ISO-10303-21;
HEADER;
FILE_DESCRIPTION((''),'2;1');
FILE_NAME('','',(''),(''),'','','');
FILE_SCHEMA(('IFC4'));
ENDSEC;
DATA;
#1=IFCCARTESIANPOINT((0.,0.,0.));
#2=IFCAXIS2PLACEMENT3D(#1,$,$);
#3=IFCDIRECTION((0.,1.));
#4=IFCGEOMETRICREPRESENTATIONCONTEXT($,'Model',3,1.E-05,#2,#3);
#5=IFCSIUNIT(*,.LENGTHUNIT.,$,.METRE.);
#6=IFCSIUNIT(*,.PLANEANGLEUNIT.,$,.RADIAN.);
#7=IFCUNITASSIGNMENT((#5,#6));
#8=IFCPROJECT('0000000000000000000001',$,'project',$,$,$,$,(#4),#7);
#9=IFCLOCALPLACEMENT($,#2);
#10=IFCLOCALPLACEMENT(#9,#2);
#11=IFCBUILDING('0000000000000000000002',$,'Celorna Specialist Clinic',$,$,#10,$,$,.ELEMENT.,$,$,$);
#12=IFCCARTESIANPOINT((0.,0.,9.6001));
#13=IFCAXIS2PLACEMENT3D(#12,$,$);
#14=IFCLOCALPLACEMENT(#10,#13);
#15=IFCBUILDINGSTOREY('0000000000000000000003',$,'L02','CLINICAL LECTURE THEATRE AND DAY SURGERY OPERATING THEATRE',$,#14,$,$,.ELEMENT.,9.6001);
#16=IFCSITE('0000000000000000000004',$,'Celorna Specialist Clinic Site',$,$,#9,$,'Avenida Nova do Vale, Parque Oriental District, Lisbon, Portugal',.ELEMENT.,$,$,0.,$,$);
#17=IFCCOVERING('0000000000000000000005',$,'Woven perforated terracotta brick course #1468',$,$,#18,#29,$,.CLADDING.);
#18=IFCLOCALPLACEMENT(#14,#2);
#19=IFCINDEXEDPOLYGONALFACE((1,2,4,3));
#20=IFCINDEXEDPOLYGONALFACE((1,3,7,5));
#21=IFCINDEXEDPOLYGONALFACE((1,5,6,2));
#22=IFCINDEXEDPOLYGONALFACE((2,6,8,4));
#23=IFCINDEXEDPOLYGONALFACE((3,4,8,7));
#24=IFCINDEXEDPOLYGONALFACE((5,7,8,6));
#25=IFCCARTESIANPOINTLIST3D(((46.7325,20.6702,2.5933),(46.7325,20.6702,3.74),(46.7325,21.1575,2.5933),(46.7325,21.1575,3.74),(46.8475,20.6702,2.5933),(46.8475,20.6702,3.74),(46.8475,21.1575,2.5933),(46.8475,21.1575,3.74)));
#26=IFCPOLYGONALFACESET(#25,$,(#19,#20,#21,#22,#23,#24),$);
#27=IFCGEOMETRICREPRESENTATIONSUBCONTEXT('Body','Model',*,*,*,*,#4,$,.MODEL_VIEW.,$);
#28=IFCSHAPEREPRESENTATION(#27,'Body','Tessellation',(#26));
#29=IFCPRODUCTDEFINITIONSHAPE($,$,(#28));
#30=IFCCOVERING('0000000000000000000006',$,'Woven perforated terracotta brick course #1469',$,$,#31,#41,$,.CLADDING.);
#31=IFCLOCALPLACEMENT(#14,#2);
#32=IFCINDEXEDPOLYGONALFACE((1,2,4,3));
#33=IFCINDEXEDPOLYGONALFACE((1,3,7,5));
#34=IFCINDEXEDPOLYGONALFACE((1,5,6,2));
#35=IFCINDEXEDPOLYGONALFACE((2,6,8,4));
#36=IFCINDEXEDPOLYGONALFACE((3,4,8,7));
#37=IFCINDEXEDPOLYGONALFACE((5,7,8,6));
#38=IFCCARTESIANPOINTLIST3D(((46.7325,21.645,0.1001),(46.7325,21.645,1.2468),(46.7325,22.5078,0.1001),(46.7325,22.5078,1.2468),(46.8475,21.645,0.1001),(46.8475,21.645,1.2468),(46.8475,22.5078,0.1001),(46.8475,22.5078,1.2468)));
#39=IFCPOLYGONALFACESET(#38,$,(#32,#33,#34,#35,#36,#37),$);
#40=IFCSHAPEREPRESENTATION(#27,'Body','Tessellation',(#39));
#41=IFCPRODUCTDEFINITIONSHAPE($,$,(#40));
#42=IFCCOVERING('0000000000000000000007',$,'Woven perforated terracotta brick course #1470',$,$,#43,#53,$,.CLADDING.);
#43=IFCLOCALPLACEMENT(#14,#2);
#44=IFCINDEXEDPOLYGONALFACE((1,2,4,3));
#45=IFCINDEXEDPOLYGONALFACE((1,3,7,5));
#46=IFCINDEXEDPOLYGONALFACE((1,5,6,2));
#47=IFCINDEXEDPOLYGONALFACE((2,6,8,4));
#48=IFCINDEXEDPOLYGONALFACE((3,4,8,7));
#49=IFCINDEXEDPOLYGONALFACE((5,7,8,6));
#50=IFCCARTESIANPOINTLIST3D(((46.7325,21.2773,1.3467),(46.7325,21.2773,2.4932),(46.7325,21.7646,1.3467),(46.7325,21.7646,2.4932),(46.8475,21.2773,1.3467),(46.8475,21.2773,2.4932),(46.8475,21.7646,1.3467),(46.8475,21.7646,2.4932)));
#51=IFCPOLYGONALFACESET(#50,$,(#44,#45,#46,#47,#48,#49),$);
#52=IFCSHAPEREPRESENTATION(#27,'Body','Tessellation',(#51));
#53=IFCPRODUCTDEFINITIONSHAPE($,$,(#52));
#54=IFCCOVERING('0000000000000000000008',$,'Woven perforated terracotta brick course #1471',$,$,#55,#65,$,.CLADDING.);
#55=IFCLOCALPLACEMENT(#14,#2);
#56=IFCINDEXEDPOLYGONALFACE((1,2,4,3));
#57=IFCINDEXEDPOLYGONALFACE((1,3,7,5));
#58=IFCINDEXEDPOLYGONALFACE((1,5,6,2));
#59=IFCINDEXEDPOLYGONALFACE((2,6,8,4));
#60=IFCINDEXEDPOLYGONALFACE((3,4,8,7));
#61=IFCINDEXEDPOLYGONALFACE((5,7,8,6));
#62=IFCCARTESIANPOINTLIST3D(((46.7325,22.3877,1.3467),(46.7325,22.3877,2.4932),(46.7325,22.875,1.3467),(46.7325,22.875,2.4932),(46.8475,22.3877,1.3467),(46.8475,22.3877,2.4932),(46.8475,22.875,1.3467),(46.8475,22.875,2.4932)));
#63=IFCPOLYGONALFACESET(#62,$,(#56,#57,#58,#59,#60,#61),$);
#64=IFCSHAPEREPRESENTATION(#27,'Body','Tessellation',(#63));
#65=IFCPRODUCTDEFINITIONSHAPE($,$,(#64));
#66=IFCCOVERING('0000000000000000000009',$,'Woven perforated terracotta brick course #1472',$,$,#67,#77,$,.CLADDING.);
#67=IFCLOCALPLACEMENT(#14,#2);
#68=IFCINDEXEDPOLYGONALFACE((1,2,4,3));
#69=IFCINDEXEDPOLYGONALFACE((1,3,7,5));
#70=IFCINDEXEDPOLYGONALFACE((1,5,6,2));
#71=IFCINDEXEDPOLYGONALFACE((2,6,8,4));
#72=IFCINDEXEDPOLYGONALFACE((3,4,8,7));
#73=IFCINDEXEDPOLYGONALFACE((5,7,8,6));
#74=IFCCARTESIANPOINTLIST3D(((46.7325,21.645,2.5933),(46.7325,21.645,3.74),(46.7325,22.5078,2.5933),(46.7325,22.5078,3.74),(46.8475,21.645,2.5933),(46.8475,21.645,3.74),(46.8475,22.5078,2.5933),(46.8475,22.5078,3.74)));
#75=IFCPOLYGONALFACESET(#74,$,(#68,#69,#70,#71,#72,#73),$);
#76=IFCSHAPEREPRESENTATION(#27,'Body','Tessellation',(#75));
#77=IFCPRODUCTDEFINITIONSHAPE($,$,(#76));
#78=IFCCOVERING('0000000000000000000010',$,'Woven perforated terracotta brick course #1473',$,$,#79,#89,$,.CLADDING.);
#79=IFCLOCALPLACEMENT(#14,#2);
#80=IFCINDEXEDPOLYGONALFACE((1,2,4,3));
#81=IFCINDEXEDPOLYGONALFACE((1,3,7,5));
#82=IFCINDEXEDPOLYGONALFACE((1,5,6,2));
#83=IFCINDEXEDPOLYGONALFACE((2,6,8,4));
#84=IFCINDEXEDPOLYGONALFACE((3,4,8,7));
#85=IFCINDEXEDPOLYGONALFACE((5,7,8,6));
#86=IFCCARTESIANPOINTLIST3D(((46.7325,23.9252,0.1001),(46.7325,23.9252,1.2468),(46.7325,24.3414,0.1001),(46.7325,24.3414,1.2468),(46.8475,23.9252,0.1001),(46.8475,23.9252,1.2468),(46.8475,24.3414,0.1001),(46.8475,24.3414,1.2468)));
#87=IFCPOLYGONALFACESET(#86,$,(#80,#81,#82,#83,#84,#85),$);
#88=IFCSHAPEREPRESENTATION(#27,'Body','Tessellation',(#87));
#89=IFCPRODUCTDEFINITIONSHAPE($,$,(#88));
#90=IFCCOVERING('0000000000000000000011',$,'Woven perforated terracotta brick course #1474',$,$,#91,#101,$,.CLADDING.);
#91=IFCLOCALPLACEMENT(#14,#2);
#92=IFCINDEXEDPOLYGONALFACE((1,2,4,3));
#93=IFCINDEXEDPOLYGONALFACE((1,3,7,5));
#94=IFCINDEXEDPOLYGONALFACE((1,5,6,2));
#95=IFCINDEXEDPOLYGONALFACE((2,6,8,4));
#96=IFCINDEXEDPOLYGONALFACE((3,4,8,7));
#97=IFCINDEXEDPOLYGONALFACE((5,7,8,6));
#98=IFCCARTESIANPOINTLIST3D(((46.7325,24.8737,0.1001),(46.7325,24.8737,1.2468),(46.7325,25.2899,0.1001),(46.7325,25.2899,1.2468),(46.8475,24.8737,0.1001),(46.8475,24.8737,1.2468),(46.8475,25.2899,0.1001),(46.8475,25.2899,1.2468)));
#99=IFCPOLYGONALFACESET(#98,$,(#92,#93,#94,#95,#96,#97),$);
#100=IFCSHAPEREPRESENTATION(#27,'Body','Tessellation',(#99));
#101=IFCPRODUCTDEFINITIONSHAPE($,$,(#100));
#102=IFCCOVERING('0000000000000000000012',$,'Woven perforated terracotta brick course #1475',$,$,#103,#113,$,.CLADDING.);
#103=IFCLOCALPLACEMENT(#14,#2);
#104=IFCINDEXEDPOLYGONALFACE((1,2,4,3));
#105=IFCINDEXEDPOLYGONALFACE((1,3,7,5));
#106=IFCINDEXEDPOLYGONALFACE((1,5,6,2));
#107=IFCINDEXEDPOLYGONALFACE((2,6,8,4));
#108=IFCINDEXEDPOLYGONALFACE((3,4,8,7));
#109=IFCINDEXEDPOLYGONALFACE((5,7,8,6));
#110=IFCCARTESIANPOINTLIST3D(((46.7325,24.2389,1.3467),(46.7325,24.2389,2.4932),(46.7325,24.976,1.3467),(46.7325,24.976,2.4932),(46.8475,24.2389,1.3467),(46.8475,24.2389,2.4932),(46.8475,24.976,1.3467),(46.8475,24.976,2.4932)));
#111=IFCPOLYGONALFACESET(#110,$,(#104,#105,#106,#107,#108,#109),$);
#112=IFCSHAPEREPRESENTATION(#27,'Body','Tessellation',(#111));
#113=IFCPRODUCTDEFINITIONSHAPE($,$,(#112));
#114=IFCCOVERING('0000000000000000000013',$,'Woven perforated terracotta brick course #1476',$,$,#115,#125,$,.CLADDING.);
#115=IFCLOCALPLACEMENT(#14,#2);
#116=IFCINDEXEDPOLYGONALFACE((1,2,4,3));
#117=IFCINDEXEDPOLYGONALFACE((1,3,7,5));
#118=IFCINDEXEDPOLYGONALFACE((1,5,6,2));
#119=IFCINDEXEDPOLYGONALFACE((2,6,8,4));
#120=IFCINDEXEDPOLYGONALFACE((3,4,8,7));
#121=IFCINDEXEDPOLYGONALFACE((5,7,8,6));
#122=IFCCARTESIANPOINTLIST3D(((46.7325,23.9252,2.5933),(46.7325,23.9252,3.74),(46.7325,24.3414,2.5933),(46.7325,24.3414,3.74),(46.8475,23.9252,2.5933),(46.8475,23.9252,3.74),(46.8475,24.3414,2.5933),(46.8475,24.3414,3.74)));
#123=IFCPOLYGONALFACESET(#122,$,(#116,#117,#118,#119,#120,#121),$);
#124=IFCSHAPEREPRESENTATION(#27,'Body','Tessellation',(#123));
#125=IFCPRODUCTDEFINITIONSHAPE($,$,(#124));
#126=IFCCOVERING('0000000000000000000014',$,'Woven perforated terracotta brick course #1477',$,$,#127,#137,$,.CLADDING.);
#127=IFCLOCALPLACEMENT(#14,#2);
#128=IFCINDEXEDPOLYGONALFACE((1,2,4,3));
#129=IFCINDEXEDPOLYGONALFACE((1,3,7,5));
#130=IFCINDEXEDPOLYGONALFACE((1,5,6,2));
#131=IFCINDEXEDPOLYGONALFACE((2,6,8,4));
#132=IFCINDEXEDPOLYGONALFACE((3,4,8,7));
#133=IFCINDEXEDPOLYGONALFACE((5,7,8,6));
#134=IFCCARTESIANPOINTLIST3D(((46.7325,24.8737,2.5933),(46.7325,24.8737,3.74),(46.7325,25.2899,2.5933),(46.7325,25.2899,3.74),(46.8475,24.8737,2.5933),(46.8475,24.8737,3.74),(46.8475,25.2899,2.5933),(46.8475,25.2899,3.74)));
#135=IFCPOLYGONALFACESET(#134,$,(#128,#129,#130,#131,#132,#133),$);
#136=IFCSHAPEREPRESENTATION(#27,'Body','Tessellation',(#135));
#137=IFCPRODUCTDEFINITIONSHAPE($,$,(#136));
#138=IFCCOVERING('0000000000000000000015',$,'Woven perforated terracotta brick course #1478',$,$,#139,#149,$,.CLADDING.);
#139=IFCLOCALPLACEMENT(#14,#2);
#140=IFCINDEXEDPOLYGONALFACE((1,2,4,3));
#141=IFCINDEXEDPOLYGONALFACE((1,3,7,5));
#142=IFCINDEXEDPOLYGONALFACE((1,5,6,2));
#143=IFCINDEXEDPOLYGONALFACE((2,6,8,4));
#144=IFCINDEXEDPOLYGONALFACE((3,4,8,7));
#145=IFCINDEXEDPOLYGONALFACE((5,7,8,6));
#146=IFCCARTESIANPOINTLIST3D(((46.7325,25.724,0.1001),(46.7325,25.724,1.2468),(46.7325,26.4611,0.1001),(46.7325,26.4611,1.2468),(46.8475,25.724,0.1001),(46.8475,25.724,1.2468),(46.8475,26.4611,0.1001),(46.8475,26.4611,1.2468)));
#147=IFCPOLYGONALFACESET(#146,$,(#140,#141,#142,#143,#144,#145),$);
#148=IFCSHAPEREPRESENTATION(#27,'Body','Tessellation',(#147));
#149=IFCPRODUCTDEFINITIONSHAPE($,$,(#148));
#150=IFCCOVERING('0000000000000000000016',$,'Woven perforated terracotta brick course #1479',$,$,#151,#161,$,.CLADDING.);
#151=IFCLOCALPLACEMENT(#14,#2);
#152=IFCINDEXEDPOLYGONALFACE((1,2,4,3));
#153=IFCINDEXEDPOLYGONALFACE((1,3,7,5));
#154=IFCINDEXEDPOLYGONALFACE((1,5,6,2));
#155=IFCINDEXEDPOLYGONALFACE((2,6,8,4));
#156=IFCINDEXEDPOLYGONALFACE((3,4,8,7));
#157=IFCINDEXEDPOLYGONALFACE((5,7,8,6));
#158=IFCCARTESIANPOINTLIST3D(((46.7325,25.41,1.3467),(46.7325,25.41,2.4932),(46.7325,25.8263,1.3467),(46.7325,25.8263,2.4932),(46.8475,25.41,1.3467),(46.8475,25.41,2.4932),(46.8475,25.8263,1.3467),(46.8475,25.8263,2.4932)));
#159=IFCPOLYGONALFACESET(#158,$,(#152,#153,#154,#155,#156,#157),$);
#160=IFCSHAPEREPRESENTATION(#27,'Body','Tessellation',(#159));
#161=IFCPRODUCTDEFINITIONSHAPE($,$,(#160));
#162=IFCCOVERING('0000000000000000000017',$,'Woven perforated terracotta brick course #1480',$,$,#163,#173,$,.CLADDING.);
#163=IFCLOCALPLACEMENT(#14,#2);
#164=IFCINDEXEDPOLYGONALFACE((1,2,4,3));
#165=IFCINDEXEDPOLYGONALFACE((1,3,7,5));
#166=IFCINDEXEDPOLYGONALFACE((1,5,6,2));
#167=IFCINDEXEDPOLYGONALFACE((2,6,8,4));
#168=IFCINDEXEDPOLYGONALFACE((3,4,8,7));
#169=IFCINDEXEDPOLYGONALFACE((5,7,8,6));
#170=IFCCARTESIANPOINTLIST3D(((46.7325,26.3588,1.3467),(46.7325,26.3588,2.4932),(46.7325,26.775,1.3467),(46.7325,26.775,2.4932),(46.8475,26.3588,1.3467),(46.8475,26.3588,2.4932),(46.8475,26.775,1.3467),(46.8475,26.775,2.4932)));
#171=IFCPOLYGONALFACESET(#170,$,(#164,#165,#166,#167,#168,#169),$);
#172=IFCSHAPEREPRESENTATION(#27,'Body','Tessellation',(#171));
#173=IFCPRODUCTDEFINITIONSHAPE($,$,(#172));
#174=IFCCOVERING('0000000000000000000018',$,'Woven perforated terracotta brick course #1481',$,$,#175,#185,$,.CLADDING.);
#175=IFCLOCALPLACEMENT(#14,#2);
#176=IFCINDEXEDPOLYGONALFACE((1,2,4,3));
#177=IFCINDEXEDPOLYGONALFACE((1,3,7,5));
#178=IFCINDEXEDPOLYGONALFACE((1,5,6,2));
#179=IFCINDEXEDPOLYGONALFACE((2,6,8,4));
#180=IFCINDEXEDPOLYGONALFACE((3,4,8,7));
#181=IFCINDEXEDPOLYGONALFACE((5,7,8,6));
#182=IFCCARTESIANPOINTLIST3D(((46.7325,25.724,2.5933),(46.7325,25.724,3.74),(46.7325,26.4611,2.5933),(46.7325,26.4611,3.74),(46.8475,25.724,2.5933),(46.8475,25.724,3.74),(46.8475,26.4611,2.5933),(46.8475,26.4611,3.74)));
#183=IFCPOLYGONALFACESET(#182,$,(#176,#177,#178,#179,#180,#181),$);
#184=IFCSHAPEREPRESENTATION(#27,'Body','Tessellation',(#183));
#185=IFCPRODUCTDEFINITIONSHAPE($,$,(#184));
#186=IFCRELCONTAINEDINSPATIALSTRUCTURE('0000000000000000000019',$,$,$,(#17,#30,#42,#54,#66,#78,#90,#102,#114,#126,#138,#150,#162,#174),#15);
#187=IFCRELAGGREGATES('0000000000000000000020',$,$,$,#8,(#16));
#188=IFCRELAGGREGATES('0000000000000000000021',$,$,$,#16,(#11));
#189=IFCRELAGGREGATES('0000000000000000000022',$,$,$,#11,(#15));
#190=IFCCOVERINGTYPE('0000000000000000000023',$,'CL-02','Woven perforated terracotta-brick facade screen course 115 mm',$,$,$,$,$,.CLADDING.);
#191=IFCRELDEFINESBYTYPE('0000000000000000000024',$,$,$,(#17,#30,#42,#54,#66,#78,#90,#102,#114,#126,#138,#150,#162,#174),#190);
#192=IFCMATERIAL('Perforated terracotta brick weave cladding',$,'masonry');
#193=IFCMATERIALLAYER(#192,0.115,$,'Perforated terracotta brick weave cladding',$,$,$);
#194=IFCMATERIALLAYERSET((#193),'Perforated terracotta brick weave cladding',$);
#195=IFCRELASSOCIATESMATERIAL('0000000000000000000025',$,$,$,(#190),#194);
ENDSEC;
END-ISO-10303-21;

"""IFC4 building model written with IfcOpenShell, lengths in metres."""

from ifc_helpers import new_model, si_unit, direction, frame, origin, origin_2d, place, context, subcontext, project, spatial, rectangle, extrude, material, layer, layer_set, type_object, element, save


model = new_model("IFC4")

# Units and contexts
model_context = context("Model", 3, precision=1e-05, world=origin(), true_north=direction((0.0, 1.0)))
body_context = subcontext(model_context, "Body", "Model", "MODEL_VIEW")
ifc_project = project(units=[si_unit("LENGTHUNIT", "METRE"), si_unit("PLANEANGLEUNIT", "RADIAN")], contexts=[model_context])

# Site, building, storey
site_placement = place(None, origin())
site = spatial("IfcSite", under=ifc_project, at=site_placement, Name="Celorna Specialist Clinic Site", LongName="Avenida Nova do Vale, Parque Oriental District, Lisbon, Portugal", CompositionType="ELEMENT", RefElevation=0.0)
building_placement = place(site_placement, origin())
building = spatial("IfcBuilding", under=site, at=building_placement, Name="Celorna Specialist Clinic", CompositionType="ELEMENT")
storey_placement = place(building_placement, frame((0.0, 0.0, 9.6001)))
storey = spatial("IfcBuildingStorey", under=building, at=storey_placement, Name="L02", Description="CLINICAL LECTURE THEATRE AND DAY SURGERY OPERATING THEATRE", CompositionType="ELEMENT", Elevation=9.6001)

# Coverings
ifc_material_1 = material(Name="Perforated terracotta brick weave cladding", Category="masonry")
ifc_layer_1 = layer(ifc_material_1, 0.115, Name="Perforated terracotta brick weave cladding")
ifc_layer_set_1 = layer_set([ifc_layer_1], Name="Perforated terracotta brick weave cladding")
covering_type = type_object("IfcCoveringType", Name="CL-02", Description="Woven perforated terracotta-brick facade screen course 115 mm", PredefinedType="CLADDING", material=ifc_layer_set_1)
for number, where, z_axis, x_axis, name in (
    (1, (46.79, 20.9138, 2.5933), (0.0, 0.0, 1.0), (0.0, 1.0, 0.0), "Woven perforated terracotta brick course #1468"),
):
    element("IfcCovering", number, at=place(storey_placement, frame(where, z_axis=z_axis, x_axis=x_axis)), inside=storey, type_object=covering_type, Name=name, PredefinedType="CLADDING", context=body_context, shape_type="SweptSolid", body=[
        extrude(rectangle(XDim=0.4873, YDim=0.115, at=origin_2d()), origin(), (0.0, 0.0, 1.0), 1.1467),
    ])
covering_1_placement = place(storey_placement, frame((46.79, 22.0764, 0.1001), z_axis=(0.0, 0.0, 1.0), x_axis=(0.0, 1.0, 0.0)))
element("IfcCovering", 2, at=covering_1_placement, inside=storey, type_object=covering_type, Name="Woven perforated terracotta brick course #1469", PredefinedType="CLADDING", context=body_context, shape_type="SweptSolid", body=[
    extrude(rectangle(XDim=0.8628, YDim=0.115, at=origin_2d()), origin(), (0.0, 0.0, 1.0), 1.1467),
])
for number, where, z_axis, x_axis, name in (
    (3, (46.79, 21.521, 1.3467), (0.0, 0.0, 1.0), (0.0, 1.0, 0.0), "Woven perforated terracotta brick course #1470"),
    (4, (46.79, 22.6313, 1.3467), (0.0, 0.0, 1.0), (0.0, 1.0, 0.0), "Woven perforated terracotta brick course #1471"),
):
    element("IfcCovering", number, at=place(storey_placement, frame(where, z_axis=z_axis, x_axis=x_axis)), inside=storey, type_object=covering_type, Name=name, PredefinedType="CLADDING", context=body_context, shape_type="SweptSolid", body=[
        extrude(rectangle(XDim=0.4873, YDim=0.115, at=origin_2d()), origin(), (0.0, 0.0, 1.0), 1.1465),
    ])
covering_2_placement = place(storey_placement, frame((46.79, 22.0764, 2.5933), z_axis=(0.0, 0.0, 1.0), x_axis=(0.0, 1.0, 0.0)))
element("IfcCovering", 5, at=covering_2_placement, inside=storey, type_object=covering_type, Name="Woven perforated terracotta brick course #1472", PredefinedType="CLADDING", context=body_context, shape_type="SweptSolid", body=[
    extrude(rectangle(XDim=0.8628, YDim=0.115, at=origin_2d()), origin(), (0.0, 0.0, 1.0), 1.1467),
])
for number, where, z_axis, x_axis, name in (
    (6, (46.79, 24.1333, 0.1001), (0.0, 0.0, 1.0), (0.0, 1.0, 0.0), "Woven perforated terracotta brick course #1473"),
    (7, (46.79, 25.0818, 0.1001), (0.0, 0.0, 1.0), (0.0, 1.0, 0.0), "Woven perforated terracotta brick course #1474"),
):
    element("IfcCovering", number, at=place(storey_placement, frame(where, z_axis=z_axis, x_axis=x_axis)), inside=storey, type_object=covering_type, Name=name, PredefinedType="CLADDING", context=body_context, shape_type="SweptSolid", body=[
        extrude(rectangle(XDim=0.4163, YDim=0.115, at=origin_2d()), origin(), (0.0, 0.0, 1.0), 1.1467),
    ])
covering_3_placement = place(storey_placement, frame((46.79, 24.6074, 1.3467), z_axis=(0.0, 0.0, 1.0), x_axis=(0.0, 1.0, 0.0)))
element("IfcCovering", 8, at=covering_3_placement, inside=storey, type_object=covering_type, Name="Woven perforated terracotta brick course #1475", PredefinedType="CLADDING", context=body_context, shape_type="SweptSolid", body=[
    extrude(rectangle(XDim=0.7371, YDim=0.115, at=origin_2d()), origin(), (0.0, 0.0, 1.0), 1.1465),
])
for number, where, z_axis, x_axis, name in (
    (9, (46.79, 24.1333, 2.5933), (0.0, 0.0, 1.0), (0.0, 1.0, 0.0), "Woven perforated terracotta brick course #1476"),
    (10, (46.79, 25.0818, 2.5933), (0.0, 0.0, 1.0), (0.0, 1.0, 0.0), "Woven perforated terracotta brick course #1477"),
):
    element("IfcCovering", number, at=place(storey_placement, frame(where, z_axis=z_axis, x_axis=x_axis)), inside=storey, type_object=covering_type, Name=name, PredefinedType="CLADDING", context=body_context, shape_type="SweptSolid", body=[
        extrude(rectangle(XDim=0.4163, YDim=0.115, at=origin_2d()), origin(), (0.0, 0.0, 1.0), 1.1467),
    ])
covering_4_placement = place(storey_placement, frame((46.79, 26.0925, 0.1001), z_axis=(0.0, 0.0, 1.0), x_axis=(0.0, 1.0, 0.0)))
element("IfcCovering", 11, at=covering_4_placement, inside=storey, type_object=covering_type, Name="Woven perforated terracotta brick course #1478", PredefinedType="CLADDING", context=body_context, shape_type="SweptSolid", body=[
    extrude(rectangle(XDim=0.7371, YDim=0.115, at=origin_2d()), origin(), (0.0, 0.0, 1.0), 1.1467),
])
for number, where, z_axis, x_axis, name in (
    (12, (46.79, 25.6182, 1.3467), (0.0, 0.0, 1.0), (0.0, 1.0, 0.0), "Woven perforated terracotta brick course #1479"),
    (13, (46.79, 26.5669, 1.3467), (0.0, 0.0, 1.0), (0.0, 1.0, 0.0), "Woven perforated terracotta brick course #1480"),
):
    element("IfcCovering", number, at=place(storey_placement, frame(where, z_axis=z_axis, x_axis=x_axis)), inside=storey, type_object=covering_type, Name=name, PredefinedType="CLADDING", context=body_context, shape_type="SweptSolid", body=[
        extrude(rectangle(XDim=0.4163, YDim=0.115, at=origin_2d()), origin(), (0.0, 0.0, 1.0), 1.1465),
    ])
covering_5_placement = place(storey_placement, frame((46.79, 26.0925, 2.5933), z_axis=(0.0, 0.0, 1.0), x_axis=(0.0, 1.0, 0.0)))
element("IfcCovering", 14, at=covering_5_placement, inside=storey, type_object=covering_type, Name="Woven perforated terracotta brick course #1481", PredefinedType="CLADDING", context=body_context, shape_type="SweptSolid", body=[
    extrude(rectangle(XDim=0.7371, YDim=0.115, at=origin_2d()), origin(), (0.0, 0.0, 1.0), 1.1467),
])

save(model, "model.ifc")
